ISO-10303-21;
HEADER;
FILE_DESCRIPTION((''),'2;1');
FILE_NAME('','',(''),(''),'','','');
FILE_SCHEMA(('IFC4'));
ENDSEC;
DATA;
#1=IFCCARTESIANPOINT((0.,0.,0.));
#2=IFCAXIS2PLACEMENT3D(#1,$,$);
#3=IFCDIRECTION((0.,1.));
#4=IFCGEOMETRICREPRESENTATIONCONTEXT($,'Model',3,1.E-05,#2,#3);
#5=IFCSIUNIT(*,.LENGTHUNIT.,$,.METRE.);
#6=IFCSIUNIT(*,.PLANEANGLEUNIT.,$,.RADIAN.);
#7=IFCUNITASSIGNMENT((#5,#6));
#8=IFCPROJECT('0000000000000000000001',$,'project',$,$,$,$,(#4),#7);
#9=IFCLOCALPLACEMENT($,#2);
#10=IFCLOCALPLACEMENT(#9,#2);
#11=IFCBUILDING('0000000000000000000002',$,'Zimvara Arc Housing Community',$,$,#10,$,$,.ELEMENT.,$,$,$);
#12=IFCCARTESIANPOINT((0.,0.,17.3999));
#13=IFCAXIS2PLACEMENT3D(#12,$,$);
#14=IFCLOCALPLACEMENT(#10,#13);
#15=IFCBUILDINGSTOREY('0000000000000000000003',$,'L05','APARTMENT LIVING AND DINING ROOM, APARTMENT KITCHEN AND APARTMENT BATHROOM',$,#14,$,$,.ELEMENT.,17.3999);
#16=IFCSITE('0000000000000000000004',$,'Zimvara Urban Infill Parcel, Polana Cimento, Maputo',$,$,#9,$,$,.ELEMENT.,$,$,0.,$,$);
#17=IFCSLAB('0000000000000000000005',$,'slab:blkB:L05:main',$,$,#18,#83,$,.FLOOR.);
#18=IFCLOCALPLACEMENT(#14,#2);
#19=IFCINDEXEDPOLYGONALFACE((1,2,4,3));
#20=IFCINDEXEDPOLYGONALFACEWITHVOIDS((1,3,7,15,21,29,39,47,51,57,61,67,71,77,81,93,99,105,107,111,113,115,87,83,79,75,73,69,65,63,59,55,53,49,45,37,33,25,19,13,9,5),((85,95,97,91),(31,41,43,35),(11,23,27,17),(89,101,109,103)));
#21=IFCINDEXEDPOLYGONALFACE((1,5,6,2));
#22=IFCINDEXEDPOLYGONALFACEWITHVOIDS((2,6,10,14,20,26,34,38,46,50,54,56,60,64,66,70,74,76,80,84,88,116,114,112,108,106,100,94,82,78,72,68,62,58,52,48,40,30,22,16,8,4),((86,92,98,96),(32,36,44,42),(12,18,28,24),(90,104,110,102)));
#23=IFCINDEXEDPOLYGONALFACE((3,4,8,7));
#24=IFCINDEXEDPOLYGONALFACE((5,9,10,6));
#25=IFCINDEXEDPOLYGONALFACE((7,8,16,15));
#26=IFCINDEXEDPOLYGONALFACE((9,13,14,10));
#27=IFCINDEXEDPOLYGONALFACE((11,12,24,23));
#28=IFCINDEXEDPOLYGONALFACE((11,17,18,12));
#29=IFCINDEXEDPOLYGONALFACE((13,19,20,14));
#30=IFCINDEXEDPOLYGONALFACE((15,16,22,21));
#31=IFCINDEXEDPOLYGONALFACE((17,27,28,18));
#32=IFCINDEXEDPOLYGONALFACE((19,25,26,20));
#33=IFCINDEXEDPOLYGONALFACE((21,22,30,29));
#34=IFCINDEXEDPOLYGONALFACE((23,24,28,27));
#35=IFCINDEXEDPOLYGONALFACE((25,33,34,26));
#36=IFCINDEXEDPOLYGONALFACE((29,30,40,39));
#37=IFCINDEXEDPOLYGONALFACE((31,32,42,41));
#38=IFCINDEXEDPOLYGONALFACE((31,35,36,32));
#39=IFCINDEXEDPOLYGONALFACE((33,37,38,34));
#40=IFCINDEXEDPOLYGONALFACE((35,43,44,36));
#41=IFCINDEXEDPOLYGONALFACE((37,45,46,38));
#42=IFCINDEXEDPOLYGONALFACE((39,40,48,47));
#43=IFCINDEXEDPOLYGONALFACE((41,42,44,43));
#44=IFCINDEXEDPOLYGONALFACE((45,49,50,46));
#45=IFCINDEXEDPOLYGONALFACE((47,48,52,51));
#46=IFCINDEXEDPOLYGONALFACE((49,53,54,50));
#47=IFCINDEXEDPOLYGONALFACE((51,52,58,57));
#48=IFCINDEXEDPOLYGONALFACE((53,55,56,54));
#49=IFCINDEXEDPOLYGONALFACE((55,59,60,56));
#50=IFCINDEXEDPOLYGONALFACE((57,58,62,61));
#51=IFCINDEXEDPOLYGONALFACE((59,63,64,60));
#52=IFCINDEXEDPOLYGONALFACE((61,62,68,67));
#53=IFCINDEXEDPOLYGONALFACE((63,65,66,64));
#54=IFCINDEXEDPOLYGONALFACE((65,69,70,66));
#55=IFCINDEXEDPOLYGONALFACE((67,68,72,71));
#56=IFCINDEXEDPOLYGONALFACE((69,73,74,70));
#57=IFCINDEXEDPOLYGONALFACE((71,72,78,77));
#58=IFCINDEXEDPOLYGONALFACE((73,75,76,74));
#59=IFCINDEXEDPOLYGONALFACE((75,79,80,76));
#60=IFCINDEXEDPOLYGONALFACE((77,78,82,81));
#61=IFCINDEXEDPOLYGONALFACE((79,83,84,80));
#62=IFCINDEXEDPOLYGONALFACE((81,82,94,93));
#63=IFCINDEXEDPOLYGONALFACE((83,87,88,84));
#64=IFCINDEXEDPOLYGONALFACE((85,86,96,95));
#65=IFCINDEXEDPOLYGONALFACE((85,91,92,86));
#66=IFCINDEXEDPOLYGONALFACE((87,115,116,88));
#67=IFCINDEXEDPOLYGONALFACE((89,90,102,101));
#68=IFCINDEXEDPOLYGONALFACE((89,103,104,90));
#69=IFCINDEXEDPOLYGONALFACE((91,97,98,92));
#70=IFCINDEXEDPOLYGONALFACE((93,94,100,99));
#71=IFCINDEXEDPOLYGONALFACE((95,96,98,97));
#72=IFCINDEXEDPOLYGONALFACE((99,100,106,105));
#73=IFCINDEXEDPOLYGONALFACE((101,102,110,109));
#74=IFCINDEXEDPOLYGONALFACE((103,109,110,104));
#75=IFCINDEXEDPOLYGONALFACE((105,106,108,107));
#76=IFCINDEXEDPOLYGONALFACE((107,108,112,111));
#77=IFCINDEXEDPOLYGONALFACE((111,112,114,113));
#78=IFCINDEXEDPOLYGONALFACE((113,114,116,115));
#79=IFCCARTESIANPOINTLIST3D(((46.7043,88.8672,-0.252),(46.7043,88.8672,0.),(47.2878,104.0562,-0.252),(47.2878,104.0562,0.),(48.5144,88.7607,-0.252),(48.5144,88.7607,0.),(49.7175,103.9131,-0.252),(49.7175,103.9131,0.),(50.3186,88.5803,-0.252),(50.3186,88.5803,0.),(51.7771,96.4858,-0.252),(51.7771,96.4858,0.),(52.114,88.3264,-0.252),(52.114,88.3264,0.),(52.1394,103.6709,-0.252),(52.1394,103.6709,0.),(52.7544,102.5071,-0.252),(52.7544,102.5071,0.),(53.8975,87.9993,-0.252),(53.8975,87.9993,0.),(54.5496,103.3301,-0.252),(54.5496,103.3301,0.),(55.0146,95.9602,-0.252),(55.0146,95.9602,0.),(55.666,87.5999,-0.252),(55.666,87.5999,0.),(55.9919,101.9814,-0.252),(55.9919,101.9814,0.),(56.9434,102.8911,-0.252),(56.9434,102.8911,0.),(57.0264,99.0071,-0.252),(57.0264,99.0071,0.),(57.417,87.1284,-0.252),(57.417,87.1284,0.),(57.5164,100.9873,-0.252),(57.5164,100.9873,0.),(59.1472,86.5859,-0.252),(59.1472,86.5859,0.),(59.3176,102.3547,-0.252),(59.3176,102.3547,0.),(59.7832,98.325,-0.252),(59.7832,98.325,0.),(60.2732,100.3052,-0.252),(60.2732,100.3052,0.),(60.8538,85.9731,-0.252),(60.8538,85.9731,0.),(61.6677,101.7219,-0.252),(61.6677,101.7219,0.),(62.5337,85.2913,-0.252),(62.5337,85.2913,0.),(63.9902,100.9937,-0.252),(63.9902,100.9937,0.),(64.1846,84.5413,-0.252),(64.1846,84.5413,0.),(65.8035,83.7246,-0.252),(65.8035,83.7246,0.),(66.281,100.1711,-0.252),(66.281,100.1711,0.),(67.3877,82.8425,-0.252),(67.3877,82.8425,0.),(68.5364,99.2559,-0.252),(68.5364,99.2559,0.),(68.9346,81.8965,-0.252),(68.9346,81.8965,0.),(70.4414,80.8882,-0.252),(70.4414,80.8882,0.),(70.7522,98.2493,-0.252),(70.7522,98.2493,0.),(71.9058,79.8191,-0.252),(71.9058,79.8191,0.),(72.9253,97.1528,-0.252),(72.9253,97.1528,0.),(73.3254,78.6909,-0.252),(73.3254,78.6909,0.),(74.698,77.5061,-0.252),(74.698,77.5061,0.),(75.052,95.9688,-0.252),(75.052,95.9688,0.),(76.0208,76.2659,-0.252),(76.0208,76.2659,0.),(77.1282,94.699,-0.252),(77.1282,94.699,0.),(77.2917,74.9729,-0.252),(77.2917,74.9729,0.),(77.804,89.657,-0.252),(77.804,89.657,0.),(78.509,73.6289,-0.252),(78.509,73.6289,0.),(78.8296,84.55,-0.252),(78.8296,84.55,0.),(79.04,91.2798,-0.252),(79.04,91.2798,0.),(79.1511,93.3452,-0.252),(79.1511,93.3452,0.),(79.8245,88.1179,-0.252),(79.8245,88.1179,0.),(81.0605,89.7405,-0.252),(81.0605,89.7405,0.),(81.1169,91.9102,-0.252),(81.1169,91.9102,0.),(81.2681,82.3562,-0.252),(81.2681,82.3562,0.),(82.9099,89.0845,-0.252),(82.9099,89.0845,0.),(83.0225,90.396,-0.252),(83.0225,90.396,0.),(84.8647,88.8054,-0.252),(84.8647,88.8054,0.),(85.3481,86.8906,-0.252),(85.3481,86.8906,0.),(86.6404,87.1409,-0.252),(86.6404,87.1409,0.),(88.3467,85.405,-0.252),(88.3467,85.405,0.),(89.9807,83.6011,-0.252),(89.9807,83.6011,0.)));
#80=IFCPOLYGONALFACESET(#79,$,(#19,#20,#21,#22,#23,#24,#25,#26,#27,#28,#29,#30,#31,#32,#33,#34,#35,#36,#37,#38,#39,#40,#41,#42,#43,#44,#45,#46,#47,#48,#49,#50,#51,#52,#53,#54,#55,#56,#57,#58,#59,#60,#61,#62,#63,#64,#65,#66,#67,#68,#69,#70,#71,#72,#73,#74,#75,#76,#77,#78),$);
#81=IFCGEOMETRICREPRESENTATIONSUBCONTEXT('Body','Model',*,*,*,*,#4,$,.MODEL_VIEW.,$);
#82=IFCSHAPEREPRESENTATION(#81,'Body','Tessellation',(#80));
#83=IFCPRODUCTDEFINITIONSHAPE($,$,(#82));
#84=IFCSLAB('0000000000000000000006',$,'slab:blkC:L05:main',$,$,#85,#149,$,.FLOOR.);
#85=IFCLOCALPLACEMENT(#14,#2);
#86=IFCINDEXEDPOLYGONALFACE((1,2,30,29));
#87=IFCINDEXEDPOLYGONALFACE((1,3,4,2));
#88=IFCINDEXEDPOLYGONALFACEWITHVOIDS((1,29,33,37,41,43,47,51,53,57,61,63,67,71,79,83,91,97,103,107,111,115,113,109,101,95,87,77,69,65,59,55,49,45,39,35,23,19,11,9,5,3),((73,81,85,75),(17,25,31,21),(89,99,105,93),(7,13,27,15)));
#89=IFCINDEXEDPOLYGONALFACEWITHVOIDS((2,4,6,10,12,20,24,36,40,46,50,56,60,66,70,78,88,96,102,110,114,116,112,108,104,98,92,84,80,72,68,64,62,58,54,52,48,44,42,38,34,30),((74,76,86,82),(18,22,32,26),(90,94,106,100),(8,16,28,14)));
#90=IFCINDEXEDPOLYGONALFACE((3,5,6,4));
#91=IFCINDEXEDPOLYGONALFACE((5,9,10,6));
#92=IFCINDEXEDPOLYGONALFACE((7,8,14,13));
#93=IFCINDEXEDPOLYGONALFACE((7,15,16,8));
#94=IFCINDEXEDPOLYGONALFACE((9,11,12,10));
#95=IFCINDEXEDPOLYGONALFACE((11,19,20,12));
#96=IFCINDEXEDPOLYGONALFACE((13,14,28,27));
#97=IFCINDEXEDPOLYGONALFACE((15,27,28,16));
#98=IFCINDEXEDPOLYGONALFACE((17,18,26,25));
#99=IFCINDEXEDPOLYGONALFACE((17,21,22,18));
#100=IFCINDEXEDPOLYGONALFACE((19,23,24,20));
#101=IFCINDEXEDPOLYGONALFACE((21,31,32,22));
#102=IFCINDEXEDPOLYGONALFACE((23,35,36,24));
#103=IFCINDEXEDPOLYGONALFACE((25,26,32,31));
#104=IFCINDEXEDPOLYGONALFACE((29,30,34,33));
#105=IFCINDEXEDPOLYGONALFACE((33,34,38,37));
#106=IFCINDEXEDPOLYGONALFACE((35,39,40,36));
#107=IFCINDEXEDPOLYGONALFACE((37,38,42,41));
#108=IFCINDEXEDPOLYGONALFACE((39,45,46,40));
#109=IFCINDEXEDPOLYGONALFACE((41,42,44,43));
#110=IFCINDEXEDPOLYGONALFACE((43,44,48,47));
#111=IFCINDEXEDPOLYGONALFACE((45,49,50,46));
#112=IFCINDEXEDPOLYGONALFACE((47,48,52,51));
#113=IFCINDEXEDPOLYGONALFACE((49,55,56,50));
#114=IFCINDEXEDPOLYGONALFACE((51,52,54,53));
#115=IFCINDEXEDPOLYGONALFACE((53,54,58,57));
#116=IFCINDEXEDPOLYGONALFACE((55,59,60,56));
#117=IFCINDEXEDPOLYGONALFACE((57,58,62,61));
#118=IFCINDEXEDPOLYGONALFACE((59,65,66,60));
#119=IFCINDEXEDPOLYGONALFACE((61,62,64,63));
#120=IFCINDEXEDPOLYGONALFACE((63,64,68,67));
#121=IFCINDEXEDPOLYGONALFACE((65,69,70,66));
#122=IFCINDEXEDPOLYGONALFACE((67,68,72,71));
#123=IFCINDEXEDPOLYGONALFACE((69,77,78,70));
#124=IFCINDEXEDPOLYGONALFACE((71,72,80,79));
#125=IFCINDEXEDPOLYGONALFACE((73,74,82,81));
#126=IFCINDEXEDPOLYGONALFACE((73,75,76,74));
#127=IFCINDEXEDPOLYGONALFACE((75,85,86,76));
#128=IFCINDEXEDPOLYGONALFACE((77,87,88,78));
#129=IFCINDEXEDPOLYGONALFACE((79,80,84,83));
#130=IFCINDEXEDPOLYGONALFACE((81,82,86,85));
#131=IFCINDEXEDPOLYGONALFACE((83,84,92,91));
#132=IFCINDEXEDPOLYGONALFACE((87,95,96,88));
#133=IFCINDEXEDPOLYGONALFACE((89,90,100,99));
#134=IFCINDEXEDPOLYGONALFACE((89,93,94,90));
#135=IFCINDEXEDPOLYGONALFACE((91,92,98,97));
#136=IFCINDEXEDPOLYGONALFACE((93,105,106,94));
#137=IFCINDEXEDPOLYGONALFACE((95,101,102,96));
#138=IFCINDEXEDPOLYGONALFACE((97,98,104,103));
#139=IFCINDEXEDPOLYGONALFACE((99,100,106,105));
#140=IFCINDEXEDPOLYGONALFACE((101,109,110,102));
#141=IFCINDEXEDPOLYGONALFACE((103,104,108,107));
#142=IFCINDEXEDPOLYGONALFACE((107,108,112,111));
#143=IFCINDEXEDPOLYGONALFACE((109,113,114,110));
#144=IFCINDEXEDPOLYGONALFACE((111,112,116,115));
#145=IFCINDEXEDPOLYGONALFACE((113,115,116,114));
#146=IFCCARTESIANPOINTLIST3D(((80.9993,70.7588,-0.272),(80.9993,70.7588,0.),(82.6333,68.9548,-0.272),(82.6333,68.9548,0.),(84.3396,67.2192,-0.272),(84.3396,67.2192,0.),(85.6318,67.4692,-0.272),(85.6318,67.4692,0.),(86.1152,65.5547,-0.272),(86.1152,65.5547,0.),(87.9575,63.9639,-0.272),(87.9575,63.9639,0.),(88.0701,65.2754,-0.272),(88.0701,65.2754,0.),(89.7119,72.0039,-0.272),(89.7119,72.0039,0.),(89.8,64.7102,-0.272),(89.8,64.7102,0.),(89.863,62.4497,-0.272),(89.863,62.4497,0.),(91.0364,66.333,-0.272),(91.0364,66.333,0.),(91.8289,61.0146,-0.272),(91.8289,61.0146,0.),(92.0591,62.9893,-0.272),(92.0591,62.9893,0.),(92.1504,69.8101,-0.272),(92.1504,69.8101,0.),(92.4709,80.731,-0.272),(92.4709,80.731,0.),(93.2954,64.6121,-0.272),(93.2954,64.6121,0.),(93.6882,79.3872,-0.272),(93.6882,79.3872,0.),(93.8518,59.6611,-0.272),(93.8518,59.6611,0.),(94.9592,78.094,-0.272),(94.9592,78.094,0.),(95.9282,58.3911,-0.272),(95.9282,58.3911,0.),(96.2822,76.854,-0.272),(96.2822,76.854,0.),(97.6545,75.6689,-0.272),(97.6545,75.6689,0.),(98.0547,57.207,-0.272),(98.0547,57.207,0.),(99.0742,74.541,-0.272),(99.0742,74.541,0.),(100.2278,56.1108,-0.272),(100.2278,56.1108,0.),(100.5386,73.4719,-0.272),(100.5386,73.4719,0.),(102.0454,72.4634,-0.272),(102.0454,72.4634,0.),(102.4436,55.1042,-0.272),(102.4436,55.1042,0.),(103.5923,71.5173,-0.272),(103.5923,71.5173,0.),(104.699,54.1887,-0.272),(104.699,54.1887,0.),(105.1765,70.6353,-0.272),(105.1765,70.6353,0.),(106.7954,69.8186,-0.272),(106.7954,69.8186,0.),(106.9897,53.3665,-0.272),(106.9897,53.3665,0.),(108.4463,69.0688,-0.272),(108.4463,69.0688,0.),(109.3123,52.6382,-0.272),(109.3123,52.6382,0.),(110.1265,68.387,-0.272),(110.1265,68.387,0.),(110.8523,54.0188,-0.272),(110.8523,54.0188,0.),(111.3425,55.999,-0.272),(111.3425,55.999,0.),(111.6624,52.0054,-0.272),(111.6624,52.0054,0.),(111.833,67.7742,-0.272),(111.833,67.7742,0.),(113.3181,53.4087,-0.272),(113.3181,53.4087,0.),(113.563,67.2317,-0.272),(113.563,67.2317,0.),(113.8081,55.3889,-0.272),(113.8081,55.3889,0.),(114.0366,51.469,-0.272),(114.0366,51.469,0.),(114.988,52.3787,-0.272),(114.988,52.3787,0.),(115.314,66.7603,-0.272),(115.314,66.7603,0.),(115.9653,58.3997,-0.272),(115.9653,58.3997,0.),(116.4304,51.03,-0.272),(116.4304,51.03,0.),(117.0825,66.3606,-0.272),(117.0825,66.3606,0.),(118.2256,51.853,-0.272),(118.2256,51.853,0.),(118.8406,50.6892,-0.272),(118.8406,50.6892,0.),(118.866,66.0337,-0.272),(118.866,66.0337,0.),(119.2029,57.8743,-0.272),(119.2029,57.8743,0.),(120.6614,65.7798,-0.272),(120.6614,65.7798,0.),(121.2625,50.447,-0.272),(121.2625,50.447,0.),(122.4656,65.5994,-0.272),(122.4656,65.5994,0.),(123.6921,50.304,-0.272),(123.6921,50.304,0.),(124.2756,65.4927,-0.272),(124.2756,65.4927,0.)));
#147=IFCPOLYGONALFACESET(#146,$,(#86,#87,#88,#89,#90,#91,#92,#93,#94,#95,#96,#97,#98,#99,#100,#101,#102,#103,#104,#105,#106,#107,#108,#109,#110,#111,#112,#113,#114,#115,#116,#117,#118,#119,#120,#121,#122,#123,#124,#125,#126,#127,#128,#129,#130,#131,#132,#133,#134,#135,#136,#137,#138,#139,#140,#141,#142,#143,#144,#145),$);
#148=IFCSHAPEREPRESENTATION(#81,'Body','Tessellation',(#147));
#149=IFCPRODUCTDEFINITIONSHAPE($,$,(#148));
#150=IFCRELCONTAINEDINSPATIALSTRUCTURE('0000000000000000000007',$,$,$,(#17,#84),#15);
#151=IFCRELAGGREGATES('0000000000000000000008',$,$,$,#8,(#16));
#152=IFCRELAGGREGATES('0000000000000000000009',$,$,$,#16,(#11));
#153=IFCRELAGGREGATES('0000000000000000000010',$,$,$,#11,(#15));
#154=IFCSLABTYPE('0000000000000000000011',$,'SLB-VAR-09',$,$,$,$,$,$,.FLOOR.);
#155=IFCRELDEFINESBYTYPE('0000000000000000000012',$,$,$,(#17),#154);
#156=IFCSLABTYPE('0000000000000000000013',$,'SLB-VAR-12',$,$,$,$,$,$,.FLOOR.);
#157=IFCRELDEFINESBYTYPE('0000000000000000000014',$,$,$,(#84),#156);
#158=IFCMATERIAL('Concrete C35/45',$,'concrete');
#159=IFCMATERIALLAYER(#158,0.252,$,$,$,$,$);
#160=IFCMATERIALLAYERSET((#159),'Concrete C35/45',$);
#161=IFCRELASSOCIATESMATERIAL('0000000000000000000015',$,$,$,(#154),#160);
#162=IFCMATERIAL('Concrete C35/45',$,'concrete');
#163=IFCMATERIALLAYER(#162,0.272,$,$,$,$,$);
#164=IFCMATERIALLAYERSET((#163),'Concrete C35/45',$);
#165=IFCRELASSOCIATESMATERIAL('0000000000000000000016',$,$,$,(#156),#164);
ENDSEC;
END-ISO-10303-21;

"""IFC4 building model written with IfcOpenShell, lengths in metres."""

from ifc_helpers import new_model, si_unit, direction, frame, origin, place, context, subcontext, project, spatial, polyline, outline, extrude, material, layer, layer_set, type_object, element, save


model = new_model("IFC4")

# Units and contexts
model_context = context("Model", 3, precision=1e-05, world=origin(), true_north=direction((0.0, 1.0)))
body_context = subcontext(model_context, "Body", "Model", "MODEL_VIEW")
ifc_project = project(units=[si_unit("LENGTHUNIT", "METRE"), si_unit("PLANEANGLEUNIT", "RADIAN")], contexts=[model_context])

# Site, building, storey
site_placement = place(None, origin())
site = spatial("IfcSite", under=ifc_project, at=site_placement, Name="Zimvara Urban Infill Parcel, Polana Cimento, Maputo", CompositionType="ELEMENT", RefElevation=0.0)
building_placement = place(site_placement, origin())
building = spatial("IfcBuilding", under=site, at=building_placement, Name="Zimvara Arc Housing Community", CompositionType="ELEMENT")
storey_placement = place(building_placement, frame((0.0, 0.0, 17.3999)))
storey = spatial("IfcBuildingStorey", under=building, at=storey_placement, Name="L05", Description="APARTMENT LIVING AND DINING ROOM, APARTMENT KITCHEN AND APARTMENT BATHROOM", CompositionType="ELEMENT", Elevation=17.3999)

# Slabs
ifc_material_1 = material(Name="Concrete C35/45", Category="concrete")
ifc_layer_1 = layer(ifc_material_1, 0.252)
ifc_layer_set_1 = layer_set([ifc_layer_1], Name="Concrete C35/45")
slab_type_1 = type_object("IfcSlabType", Name="SLB-VAR-09", PredefinedType="FLOOR", material=ifc_layer_set_1)
slab_1_placement = place(storey_placement, frame((0.0, 0.0, -0.252)))
element("IfcSlab", 1, at=slab_1_placement, inside=storey, type_object=slab_type_1, Name="slab:blkB:L05:main", PredefinedType="FLOOR", context=body_context, shape_type="SweptSolid", body=[
    extrude(outline(polyline([(46.7043, 88.8672), (48.5144, 88.7607), (50.3186, 88.5803), (52.114, 88.3264), (53.8975, 87.9993), (55.666, 87.5999), (57.417, 87.1284), (59.1472, 86.5859), (60.8538, 85.9731), (62.5337, 85.2913), (64.1846, 84.5413), (65.8035, 83.7246), (67.3877, 82.8425), (68.9346, 81.8965), (70.4414, 80.8882), (71.9058, 79.8191), (73.3254, 78.6909), (74.698, 77.5061), (76.0208, 76.2659), (77.2917, 74.9729), (78.509, 73.6289), (89.9807, 83.6011), (88.3467, 85.405), (86.6404, 87.1409), (84.8647, 88.8054), (83.0225, 90.396), (81.1169, 91.9102), (79.1511, 93.3452), (77.1282, 94.699), (75.052, 95.9688), (72.9253, 97.1528), (70.7522, 98.2493), (68.5364, 99.2559), (66.281, 100.1711), (63.9902, 100.9937), (61.6677, 101.7219), (59.3176, 102.3547), (56.9434, 102.8911), (54.5496, 103.3301), (52.1394, 103.6709), (49.7175, 103.9131), (47.2878, 104.0562), (46.7043, 88.8672)]), holes=[polyline([(51.7771, 96.4858), (52.7544, 102.5071), (55.9919, 101.9814), (55.0146, 95.9602), (51.7771, 96.4858)]), polyline([(78.8296, 84.55), (82.9099, 89.0845), (85.3481, 86.8906), (81.2681, 82.3562), (78.8296, 84.55)]), polyline([(57.0264, 99.0071), (57.5164, 100.9873), (60.2732, 100.3052), (59.7832, 98.325), (57.0264, 99.0071)]), polyline([(77.804, 89.657), (79.04, 91.2798), (81.0605, 89.7405), (79.8245, 88.1179), (77.804, 89.657)])]), origin(), (0.0, 0.0, 1.0), 0.252),
])
ifc_material_2 = material(Name="Concrete C35/45", Category="concrete")
ifc_layer_2 = layer(ifc_material_2, 0.272)
ifc_layer_set_2 = layer_set([ifc_layer_2], Name="Concrete C35/45")
slab_type_2 = type_object("IfcSlabType", Name="SLB-VAR-12", PredefinedType="FLOOR", material=ifc_layer_set_2)
slab_2_placement = place(storey_placement, frame((0.0, 0.0, -0.272)))
element("IfcSlab", 2, at=slab_2_placement, inside=storey, type_object=slab_type_2, Name="slab:blkC:L05:main", PredefinedType="FLOOR", context=body_context, shape_type="SweptSolid", body=[
    extrude(outline(polyline([(80.9993, 70.7588), (82.6333, 68.9548), (84.3396, 67.2192), (86.1152, 65.5547), (87.9575, 63.9639), (89.863, 62.4497), (91.8289, 61.0146), (93.8518, 59.6611), (95.9282, 58.3911), (98.0547, 57.207), (100.2278, 56.1108), (102.4436, 55.1042), (104.699, 54.1887), (106.9897, 53.3665), (109.3123, 52.6382), (111.6624, 52.0054), (114.0366, 51.469), (116.4304, 51.03), (118.8406, 50.6892), (121.2625, 50.447), (123.6921, 50.304), (124.2756, 65.4927), (122.4656, 65.5994), (120.6614, 65.7798), (118.866, 66.0337), (117.0825, 66.3606), (115.314, 66.7603), (113.563, 67.2317), (111.833, 67.7742), (110.1265, 68.387), (108.4463, 69.0688), (106.7954, 69.8186), (105.1765, 70.6353), (103.5923, 71.5173), (102.0454, 72.4634), (100.5386, 73.4719), (99.0742, 74.541), (97.6545, 75.6689), (96.2822, 76.854), (94.9592, 78.094), (93.6882, 79.3872), (92.4709, 80.731), (80.9993, 70.7588)]), holes=[polyline([(92.1504, 69.8101), (88.0701, 65.2754), (85.6318, 67.4692), (89.7119, 72.0039), (92.1504, 69.8101)]), polyline([(119.2029, 57.8743), (118.2256, 51.853), (114.988, 52.3787), (115.9653, 58.3997), (119.2029, 57.8743)]), polyline([(93.2954, 64.6121), (92.0591, 62.9893), (89.8, 64.7102), (91.0364, 66.333), (93.2954, 64.6121)]), polyline([(113.8081, 55.3889), (113.3181, 53.4087), (110.8523, 54.0188), (111.3425, 55.999), (113.8081, 55.3889)])]), origin(), (0.0, 0.0, 1.0), 0.272),
])

save(model, "model.ifc")
